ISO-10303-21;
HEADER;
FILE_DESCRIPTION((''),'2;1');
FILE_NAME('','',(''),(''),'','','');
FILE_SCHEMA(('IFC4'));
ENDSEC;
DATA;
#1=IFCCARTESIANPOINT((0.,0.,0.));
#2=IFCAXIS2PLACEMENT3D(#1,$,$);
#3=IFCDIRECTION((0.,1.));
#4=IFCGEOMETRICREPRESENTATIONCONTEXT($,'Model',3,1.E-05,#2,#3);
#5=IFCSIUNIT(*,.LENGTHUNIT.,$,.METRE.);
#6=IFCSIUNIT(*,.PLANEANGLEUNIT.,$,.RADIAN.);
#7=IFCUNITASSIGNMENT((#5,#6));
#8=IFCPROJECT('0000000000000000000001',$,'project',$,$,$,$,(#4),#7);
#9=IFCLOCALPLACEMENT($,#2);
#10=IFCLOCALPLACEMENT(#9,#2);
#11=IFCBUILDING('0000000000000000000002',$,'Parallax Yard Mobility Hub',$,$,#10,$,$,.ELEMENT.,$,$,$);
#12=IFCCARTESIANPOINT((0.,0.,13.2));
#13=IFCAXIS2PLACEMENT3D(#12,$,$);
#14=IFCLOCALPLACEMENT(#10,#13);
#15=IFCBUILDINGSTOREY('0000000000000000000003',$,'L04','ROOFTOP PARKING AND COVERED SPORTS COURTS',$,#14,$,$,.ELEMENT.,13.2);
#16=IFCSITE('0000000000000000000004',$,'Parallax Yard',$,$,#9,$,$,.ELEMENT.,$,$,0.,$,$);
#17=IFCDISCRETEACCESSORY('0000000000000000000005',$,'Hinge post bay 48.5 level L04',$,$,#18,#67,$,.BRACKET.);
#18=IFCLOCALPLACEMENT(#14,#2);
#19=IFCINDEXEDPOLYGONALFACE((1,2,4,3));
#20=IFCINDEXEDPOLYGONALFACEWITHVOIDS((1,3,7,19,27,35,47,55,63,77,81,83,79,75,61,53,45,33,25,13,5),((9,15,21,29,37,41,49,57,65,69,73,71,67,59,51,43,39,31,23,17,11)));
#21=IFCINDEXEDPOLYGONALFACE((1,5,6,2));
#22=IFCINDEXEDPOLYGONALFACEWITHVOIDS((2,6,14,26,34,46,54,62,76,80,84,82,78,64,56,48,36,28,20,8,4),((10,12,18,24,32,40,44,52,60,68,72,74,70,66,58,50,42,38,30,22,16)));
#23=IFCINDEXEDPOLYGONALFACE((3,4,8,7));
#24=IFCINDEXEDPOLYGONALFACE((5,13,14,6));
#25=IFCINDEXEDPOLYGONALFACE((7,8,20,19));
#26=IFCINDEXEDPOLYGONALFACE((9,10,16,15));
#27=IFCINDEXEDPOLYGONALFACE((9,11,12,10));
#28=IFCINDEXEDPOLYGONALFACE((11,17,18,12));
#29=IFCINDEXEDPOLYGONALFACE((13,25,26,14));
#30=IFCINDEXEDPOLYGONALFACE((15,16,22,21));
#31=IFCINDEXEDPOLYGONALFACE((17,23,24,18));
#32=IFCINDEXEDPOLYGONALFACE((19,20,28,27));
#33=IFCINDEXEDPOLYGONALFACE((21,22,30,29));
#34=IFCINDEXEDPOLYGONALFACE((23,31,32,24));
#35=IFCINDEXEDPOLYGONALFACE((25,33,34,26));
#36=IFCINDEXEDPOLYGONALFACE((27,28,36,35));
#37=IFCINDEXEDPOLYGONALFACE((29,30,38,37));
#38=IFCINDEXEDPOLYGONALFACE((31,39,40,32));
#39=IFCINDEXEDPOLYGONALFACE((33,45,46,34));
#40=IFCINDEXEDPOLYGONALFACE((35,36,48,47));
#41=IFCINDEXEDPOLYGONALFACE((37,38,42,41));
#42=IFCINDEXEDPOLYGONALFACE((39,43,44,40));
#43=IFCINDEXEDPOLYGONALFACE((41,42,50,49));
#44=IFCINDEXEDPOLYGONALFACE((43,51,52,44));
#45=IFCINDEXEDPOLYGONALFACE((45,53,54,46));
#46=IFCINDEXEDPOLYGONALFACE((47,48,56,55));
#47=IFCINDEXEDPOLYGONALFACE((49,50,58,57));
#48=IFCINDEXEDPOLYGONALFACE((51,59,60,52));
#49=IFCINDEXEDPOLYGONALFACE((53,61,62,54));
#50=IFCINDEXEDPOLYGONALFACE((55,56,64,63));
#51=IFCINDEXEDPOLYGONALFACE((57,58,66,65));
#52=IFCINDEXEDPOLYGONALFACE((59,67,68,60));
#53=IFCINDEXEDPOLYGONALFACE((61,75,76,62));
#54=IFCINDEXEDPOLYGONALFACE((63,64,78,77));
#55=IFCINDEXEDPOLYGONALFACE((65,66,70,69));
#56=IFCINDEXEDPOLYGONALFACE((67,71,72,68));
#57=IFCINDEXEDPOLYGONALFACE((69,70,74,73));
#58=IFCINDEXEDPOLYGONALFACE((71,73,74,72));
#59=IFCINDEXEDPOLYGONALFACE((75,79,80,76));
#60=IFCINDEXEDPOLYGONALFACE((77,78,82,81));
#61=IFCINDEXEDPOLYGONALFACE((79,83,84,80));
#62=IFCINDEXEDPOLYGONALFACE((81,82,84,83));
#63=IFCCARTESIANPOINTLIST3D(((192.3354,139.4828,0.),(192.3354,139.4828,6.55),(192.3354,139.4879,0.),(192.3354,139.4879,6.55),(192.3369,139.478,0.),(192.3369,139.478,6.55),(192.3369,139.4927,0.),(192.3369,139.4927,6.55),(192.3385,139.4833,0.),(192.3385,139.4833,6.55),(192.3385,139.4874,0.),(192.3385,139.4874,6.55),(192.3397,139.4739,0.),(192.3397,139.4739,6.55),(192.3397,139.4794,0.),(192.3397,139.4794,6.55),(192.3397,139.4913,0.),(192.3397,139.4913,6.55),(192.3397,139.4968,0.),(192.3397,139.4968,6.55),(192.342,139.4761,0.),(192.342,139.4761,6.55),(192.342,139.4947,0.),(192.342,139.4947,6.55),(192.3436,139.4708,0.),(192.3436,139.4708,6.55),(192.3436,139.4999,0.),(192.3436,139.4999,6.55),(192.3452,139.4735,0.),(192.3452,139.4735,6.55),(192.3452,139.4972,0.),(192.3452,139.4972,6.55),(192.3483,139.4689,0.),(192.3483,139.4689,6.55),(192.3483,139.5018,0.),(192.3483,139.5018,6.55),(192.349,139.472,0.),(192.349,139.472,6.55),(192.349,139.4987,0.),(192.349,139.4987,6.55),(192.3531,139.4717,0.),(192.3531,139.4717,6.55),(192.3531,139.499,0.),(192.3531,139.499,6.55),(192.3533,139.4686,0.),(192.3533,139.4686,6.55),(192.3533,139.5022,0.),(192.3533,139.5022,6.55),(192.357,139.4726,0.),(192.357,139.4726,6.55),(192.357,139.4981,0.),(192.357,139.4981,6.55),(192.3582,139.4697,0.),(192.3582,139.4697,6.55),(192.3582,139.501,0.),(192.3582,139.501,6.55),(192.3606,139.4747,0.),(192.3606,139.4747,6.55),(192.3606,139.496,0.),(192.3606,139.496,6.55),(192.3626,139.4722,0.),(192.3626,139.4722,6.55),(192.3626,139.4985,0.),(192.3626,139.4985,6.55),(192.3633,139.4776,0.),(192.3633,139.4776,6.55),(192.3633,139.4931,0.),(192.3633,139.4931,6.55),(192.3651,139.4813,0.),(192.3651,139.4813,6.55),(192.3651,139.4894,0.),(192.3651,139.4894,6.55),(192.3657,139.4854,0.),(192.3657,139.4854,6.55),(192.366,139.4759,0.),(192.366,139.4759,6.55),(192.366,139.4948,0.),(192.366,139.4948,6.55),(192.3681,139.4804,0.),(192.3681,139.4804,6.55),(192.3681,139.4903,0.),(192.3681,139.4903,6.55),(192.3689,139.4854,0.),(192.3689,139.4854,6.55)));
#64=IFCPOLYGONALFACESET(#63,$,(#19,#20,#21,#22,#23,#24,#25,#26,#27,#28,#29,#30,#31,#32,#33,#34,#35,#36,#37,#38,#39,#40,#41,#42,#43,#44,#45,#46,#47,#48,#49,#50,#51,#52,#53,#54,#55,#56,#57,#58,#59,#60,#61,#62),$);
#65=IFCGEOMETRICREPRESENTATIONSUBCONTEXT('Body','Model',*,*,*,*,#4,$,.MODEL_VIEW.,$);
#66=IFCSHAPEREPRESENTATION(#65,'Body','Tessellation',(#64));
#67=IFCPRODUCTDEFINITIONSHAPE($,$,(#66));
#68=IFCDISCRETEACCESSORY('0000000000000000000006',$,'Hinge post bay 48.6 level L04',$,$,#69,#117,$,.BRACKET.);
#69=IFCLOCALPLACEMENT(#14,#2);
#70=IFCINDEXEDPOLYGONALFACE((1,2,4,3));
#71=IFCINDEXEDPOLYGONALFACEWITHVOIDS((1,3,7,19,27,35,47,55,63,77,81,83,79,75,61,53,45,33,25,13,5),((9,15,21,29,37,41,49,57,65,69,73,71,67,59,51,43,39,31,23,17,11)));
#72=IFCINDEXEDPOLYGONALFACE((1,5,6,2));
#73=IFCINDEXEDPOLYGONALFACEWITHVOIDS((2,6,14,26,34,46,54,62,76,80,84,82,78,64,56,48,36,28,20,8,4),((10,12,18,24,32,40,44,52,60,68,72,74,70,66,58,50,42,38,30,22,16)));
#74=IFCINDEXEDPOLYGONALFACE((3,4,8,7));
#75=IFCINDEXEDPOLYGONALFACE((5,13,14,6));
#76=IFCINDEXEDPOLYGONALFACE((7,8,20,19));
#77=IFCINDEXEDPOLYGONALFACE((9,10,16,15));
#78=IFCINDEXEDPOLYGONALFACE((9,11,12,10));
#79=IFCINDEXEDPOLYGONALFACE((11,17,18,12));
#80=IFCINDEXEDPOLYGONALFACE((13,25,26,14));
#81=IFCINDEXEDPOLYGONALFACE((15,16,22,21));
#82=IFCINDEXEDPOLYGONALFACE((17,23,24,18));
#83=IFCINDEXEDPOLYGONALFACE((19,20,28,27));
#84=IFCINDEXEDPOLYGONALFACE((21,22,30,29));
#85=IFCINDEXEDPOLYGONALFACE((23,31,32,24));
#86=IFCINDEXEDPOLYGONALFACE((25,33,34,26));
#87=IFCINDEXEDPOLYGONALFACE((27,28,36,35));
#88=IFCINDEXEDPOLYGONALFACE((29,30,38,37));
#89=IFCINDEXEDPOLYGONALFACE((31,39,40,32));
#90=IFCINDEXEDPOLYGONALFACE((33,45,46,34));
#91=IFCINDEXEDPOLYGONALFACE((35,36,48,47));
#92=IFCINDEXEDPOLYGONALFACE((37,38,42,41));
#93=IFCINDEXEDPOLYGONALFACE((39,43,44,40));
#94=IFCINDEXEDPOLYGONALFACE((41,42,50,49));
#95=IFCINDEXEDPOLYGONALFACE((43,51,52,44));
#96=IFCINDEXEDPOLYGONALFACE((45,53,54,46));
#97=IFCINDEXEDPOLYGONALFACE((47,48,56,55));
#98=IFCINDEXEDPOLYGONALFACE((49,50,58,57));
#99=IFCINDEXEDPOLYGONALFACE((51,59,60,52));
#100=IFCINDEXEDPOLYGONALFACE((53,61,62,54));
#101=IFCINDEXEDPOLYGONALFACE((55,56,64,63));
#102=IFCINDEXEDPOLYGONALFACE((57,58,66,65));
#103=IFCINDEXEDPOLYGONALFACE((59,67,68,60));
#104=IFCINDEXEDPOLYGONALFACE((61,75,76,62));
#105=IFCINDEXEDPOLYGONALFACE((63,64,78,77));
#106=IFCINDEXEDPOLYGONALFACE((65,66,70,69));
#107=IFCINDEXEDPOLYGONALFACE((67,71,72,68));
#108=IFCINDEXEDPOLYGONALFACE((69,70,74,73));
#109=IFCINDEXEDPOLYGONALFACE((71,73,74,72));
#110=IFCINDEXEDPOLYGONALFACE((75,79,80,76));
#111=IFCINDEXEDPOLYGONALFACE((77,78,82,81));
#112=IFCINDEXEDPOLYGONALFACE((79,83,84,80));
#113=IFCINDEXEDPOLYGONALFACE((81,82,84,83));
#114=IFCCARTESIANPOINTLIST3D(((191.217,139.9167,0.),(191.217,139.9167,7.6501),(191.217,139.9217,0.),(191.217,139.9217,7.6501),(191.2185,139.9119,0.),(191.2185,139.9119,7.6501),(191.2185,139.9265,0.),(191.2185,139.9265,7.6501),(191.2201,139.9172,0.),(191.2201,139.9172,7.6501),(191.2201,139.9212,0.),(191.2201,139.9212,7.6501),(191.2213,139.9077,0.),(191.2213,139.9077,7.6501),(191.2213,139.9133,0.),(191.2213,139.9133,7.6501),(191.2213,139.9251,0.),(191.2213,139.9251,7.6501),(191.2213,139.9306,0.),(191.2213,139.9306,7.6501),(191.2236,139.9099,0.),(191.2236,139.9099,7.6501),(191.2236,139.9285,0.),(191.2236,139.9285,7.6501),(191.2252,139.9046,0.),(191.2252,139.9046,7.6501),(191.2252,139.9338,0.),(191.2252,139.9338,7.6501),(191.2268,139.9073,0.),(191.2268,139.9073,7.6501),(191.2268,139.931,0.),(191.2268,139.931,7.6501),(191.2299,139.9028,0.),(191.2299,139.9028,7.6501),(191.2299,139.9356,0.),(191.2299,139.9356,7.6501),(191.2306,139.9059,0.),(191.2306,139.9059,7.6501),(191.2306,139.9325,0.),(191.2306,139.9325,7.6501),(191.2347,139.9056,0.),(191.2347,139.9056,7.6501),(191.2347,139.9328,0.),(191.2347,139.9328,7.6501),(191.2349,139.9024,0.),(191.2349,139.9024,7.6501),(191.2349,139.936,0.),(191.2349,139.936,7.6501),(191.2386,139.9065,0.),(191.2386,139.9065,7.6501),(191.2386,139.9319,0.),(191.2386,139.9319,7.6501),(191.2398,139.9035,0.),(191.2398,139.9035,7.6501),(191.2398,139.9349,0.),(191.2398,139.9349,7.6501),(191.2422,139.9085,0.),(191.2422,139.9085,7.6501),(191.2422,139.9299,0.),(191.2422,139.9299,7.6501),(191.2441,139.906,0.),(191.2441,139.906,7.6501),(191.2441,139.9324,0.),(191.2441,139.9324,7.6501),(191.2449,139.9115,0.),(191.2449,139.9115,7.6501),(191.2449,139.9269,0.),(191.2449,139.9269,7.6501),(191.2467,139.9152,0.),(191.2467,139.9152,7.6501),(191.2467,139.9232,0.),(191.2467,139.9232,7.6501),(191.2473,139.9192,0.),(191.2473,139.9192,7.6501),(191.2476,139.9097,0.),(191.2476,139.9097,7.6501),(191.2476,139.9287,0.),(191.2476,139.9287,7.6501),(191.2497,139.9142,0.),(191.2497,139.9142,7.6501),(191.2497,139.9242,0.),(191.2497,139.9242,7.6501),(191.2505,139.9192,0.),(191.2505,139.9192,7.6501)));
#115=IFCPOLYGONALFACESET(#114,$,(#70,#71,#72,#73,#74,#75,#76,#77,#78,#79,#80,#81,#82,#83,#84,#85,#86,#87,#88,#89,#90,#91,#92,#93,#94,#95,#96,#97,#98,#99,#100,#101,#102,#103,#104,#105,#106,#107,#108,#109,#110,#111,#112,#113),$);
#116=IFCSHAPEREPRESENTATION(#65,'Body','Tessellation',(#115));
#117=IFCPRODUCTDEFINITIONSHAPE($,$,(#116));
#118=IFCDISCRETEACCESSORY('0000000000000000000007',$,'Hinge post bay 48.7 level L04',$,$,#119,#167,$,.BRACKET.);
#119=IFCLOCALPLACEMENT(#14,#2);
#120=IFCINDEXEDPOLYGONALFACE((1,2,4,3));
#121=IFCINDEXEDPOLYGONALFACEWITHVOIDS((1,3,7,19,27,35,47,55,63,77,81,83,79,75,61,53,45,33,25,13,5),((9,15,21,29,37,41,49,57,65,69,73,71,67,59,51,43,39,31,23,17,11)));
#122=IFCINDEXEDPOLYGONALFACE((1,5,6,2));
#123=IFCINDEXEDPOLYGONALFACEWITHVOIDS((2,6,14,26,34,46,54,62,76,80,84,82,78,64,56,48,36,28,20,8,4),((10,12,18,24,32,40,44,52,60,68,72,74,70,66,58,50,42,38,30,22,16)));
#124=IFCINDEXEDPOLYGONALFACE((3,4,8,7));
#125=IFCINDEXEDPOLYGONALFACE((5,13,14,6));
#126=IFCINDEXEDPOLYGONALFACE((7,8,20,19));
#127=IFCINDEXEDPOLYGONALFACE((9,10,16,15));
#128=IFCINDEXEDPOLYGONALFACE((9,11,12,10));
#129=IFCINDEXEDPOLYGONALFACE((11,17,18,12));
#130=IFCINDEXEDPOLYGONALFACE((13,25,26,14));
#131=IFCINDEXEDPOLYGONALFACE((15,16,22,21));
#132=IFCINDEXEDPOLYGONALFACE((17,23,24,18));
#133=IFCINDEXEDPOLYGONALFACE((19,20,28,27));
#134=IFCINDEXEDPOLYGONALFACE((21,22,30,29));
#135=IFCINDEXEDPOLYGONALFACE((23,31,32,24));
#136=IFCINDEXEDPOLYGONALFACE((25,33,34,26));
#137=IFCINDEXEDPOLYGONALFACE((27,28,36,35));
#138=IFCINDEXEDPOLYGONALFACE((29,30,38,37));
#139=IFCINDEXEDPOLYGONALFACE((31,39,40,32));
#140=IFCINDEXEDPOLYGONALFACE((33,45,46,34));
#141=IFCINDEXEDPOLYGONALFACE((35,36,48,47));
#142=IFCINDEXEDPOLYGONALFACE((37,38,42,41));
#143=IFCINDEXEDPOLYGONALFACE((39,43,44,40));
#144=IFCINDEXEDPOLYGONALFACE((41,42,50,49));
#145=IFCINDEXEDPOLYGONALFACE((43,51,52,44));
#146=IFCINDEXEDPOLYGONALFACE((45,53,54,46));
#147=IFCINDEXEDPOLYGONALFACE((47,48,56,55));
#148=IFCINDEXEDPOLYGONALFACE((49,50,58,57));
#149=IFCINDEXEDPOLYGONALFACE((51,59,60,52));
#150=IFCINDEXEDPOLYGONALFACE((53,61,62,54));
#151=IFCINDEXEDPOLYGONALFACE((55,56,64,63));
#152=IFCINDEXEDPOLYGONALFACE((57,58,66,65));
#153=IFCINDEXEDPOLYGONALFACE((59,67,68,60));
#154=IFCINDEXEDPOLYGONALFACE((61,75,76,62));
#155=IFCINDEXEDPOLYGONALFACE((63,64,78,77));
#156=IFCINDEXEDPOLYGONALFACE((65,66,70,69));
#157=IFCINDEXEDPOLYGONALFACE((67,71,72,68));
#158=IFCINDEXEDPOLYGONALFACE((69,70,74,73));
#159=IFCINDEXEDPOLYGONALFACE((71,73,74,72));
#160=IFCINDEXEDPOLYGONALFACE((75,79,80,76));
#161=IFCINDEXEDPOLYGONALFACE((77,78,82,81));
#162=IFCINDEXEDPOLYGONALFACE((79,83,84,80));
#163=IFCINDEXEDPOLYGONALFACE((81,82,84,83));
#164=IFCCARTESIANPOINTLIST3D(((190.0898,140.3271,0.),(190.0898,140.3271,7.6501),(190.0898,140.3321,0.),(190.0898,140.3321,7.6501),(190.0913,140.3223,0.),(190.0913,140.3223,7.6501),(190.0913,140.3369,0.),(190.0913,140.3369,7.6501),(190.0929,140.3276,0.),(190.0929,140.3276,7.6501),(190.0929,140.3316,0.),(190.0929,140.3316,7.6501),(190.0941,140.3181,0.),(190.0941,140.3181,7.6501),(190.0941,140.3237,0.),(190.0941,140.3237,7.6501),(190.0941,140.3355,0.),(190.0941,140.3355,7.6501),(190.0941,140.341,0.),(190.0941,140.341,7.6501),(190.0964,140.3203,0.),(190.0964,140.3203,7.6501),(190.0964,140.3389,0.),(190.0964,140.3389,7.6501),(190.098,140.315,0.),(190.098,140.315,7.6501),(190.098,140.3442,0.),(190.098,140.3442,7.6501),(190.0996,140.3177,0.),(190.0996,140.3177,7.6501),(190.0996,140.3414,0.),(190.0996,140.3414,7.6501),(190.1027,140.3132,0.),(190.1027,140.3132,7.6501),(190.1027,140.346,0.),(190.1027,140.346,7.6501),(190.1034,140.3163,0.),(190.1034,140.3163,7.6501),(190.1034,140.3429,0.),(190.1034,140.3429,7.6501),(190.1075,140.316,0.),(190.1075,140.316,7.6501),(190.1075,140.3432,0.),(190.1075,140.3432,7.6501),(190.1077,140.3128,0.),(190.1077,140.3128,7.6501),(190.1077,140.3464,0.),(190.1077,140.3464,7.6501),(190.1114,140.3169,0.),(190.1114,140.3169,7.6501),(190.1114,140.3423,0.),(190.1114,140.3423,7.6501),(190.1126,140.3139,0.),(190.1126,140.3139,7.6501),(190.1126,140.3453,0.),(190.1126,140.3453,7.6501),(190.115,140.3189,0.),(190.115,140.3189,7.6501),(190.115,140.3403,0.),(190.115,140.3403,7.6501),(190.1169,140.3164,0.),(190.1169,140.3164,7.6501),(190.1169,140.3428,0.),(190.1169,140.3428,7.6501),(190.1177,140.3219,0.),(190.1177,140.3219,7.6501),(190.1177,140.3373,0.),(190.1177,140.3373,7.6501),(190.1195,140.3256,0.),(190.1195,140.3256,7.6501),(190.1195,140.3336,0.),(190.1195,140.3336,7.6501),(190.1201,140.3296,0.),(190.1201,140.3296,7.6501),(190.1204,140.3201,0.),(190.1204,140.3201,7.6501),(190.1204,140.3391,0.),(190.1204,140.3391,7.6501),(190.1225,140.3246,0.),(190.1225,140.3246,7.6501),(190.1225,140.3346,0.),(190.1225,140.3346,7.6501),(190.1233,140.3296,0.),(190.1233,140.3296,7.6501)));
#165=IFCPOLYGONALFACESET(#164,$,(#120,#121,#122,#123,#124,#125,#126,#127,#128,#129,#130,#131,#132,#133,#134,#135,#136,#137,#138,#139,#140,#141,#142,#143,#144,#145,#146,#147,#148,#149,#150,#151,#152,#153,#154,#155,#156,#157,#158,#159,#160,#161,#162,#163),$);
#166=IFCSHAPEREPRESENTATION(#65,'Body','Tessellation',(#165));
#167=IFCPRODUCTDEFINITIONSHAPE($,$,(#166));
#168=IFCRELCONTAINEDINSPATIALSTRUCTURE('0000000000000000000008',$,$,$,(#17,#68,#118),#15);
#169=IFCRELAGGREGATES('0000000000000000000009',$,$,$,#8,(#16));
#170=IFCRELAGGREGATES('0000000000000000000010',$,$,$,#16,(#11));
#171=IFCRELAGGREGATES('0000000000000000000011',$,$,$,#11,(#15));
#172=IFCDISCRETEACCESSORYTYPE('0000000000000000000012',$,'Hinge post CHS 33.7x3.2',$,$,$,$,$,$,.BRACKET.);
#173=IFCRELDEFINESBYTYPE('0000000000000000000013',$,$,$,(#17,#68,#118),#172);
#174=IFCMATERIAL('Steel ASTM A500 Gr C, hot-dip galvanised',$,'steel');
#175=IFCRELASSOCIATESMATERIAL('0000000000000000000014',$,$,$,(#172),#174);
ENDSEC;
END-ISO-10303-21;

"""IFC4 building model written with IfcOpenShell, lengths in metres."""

from ifc_helpers import new_model, si_unit, direction, frame, origin, origin_2d, place, context, subcontext, project, spatial, hollow_circle, extrude, material, material_profile, profile_set, type_object, element, save


model = new_model("IFC4")

# Units and contexts
model_context = context("Model", 3, precision=1e-05, world=origin(), true_north=direction((0.0, 1.0)))
body_context = subcontext(model_context, "Body", "Model", "MODEL_VIEW")
ifc_project = project(units=[si_unit("LENGTHUNIT", "METRE"), si_unit("PLANEANGLEUNIT", "RADIAN")], contexts=[model_context])

# Site, building, storey
site_placement = place(None, origin())
site = spatial("IfcSite", under=ifc_project, at=site_placement, Name="Parallax Yard", CompositionType="ELEMENT", RefElevation=0.0)
building_placement = place(site_placement, origin())
building = spatial("IfcBuilding", under=site, at=building_placement, Name="Parallax Yard Mobility Hub", CompositionType="ELEMENT")
storey_placement = place(building_placement, frame((0.0, 0.0, 13.2)))
storey = spatial("IfcBuildingStorey", under=building, at=storey_placement, Name="L04", Description="ROOFTOP PARKING AND COVERED SPORTS COURTS", CompositionType="ELEMENT", Elevation=13.2)

# Discrete accessories
ifc_material_1 = material(Name="Steel ASTM A500 Gr C, hot-dip galvanised", Category="steel")
ifc_material_profile = material_profile(ifc_material_1, hollow_circle(Radius=0.0168, WallThickness=0.0032, at=origin_2d()), Name="CHS 33.7x3.2")
ifc_profile_set = profile_set([ifc_material_profile], Name="Steel ASTM A500 Gr C, hot-dip galvanised")
discrete_accessory_type_1 = type_object("IfcDiscreteAccessoryType", Name="Hinge post CHS 33.7x3.2", PredefinedType="BRACKET", material=ifc_profile_set)
for number, where, z_axis, x_axis, name in (
    (1, (192.3521, 139.4854, 0.0), (0.0, 0.0, 1.0), (1.0, 0.0, 0.0), "Hinge post bay 48.5 level L04"),
):
    element("IfcDiscreteAccessory", number, at=place(storey_placement, frame(where, z_axis=z_axis, x_axis=x_axis)), inside=storey, type_object=discrete_accessory_type_1, Name=name, PredefinedType="BRACKET", context=body_context, shape_type="SweptSolid", body=[
        extrude(hollow_circle(Radius=0.0168, WallThickness=0.0032, at=origin_2d()), origin(), (0.0, 0.0, 1.0), 6.55),
    ])
for number, where, z_axis, x_axis, name in (
    (2, (191.2336, 139.9192, 0.0), (0.0, 0.0, 1.0), (1.0, 0.0, 0.0), "Hinge post bay 48.6 level L04"),
    (3, (190.1064, 140.3296, 0.0), (0.0, 0.0, 1.0), (1.0, 0.0, 0.0), "Hinge post bay 48.7 level L04"),
):
    element("IfcDiscreteAccessory", number, at=place(storey_placement, frame(where, z_axis=z_axis, x_axis=x_axis)), inside=storey, type_object=discrete_accessory_type_1, Name=name, PredefinedType="BRACKET", context=body_context, shape_type="SweptSolid", body=[
        extrude(hollow_circle(Radius=0.0168, WallThickness=0.0032, at=origin_2d()), origin(), (0.0, 0.0, 1.0), 7.6501),
    ])

save(model, "model.ifc")
